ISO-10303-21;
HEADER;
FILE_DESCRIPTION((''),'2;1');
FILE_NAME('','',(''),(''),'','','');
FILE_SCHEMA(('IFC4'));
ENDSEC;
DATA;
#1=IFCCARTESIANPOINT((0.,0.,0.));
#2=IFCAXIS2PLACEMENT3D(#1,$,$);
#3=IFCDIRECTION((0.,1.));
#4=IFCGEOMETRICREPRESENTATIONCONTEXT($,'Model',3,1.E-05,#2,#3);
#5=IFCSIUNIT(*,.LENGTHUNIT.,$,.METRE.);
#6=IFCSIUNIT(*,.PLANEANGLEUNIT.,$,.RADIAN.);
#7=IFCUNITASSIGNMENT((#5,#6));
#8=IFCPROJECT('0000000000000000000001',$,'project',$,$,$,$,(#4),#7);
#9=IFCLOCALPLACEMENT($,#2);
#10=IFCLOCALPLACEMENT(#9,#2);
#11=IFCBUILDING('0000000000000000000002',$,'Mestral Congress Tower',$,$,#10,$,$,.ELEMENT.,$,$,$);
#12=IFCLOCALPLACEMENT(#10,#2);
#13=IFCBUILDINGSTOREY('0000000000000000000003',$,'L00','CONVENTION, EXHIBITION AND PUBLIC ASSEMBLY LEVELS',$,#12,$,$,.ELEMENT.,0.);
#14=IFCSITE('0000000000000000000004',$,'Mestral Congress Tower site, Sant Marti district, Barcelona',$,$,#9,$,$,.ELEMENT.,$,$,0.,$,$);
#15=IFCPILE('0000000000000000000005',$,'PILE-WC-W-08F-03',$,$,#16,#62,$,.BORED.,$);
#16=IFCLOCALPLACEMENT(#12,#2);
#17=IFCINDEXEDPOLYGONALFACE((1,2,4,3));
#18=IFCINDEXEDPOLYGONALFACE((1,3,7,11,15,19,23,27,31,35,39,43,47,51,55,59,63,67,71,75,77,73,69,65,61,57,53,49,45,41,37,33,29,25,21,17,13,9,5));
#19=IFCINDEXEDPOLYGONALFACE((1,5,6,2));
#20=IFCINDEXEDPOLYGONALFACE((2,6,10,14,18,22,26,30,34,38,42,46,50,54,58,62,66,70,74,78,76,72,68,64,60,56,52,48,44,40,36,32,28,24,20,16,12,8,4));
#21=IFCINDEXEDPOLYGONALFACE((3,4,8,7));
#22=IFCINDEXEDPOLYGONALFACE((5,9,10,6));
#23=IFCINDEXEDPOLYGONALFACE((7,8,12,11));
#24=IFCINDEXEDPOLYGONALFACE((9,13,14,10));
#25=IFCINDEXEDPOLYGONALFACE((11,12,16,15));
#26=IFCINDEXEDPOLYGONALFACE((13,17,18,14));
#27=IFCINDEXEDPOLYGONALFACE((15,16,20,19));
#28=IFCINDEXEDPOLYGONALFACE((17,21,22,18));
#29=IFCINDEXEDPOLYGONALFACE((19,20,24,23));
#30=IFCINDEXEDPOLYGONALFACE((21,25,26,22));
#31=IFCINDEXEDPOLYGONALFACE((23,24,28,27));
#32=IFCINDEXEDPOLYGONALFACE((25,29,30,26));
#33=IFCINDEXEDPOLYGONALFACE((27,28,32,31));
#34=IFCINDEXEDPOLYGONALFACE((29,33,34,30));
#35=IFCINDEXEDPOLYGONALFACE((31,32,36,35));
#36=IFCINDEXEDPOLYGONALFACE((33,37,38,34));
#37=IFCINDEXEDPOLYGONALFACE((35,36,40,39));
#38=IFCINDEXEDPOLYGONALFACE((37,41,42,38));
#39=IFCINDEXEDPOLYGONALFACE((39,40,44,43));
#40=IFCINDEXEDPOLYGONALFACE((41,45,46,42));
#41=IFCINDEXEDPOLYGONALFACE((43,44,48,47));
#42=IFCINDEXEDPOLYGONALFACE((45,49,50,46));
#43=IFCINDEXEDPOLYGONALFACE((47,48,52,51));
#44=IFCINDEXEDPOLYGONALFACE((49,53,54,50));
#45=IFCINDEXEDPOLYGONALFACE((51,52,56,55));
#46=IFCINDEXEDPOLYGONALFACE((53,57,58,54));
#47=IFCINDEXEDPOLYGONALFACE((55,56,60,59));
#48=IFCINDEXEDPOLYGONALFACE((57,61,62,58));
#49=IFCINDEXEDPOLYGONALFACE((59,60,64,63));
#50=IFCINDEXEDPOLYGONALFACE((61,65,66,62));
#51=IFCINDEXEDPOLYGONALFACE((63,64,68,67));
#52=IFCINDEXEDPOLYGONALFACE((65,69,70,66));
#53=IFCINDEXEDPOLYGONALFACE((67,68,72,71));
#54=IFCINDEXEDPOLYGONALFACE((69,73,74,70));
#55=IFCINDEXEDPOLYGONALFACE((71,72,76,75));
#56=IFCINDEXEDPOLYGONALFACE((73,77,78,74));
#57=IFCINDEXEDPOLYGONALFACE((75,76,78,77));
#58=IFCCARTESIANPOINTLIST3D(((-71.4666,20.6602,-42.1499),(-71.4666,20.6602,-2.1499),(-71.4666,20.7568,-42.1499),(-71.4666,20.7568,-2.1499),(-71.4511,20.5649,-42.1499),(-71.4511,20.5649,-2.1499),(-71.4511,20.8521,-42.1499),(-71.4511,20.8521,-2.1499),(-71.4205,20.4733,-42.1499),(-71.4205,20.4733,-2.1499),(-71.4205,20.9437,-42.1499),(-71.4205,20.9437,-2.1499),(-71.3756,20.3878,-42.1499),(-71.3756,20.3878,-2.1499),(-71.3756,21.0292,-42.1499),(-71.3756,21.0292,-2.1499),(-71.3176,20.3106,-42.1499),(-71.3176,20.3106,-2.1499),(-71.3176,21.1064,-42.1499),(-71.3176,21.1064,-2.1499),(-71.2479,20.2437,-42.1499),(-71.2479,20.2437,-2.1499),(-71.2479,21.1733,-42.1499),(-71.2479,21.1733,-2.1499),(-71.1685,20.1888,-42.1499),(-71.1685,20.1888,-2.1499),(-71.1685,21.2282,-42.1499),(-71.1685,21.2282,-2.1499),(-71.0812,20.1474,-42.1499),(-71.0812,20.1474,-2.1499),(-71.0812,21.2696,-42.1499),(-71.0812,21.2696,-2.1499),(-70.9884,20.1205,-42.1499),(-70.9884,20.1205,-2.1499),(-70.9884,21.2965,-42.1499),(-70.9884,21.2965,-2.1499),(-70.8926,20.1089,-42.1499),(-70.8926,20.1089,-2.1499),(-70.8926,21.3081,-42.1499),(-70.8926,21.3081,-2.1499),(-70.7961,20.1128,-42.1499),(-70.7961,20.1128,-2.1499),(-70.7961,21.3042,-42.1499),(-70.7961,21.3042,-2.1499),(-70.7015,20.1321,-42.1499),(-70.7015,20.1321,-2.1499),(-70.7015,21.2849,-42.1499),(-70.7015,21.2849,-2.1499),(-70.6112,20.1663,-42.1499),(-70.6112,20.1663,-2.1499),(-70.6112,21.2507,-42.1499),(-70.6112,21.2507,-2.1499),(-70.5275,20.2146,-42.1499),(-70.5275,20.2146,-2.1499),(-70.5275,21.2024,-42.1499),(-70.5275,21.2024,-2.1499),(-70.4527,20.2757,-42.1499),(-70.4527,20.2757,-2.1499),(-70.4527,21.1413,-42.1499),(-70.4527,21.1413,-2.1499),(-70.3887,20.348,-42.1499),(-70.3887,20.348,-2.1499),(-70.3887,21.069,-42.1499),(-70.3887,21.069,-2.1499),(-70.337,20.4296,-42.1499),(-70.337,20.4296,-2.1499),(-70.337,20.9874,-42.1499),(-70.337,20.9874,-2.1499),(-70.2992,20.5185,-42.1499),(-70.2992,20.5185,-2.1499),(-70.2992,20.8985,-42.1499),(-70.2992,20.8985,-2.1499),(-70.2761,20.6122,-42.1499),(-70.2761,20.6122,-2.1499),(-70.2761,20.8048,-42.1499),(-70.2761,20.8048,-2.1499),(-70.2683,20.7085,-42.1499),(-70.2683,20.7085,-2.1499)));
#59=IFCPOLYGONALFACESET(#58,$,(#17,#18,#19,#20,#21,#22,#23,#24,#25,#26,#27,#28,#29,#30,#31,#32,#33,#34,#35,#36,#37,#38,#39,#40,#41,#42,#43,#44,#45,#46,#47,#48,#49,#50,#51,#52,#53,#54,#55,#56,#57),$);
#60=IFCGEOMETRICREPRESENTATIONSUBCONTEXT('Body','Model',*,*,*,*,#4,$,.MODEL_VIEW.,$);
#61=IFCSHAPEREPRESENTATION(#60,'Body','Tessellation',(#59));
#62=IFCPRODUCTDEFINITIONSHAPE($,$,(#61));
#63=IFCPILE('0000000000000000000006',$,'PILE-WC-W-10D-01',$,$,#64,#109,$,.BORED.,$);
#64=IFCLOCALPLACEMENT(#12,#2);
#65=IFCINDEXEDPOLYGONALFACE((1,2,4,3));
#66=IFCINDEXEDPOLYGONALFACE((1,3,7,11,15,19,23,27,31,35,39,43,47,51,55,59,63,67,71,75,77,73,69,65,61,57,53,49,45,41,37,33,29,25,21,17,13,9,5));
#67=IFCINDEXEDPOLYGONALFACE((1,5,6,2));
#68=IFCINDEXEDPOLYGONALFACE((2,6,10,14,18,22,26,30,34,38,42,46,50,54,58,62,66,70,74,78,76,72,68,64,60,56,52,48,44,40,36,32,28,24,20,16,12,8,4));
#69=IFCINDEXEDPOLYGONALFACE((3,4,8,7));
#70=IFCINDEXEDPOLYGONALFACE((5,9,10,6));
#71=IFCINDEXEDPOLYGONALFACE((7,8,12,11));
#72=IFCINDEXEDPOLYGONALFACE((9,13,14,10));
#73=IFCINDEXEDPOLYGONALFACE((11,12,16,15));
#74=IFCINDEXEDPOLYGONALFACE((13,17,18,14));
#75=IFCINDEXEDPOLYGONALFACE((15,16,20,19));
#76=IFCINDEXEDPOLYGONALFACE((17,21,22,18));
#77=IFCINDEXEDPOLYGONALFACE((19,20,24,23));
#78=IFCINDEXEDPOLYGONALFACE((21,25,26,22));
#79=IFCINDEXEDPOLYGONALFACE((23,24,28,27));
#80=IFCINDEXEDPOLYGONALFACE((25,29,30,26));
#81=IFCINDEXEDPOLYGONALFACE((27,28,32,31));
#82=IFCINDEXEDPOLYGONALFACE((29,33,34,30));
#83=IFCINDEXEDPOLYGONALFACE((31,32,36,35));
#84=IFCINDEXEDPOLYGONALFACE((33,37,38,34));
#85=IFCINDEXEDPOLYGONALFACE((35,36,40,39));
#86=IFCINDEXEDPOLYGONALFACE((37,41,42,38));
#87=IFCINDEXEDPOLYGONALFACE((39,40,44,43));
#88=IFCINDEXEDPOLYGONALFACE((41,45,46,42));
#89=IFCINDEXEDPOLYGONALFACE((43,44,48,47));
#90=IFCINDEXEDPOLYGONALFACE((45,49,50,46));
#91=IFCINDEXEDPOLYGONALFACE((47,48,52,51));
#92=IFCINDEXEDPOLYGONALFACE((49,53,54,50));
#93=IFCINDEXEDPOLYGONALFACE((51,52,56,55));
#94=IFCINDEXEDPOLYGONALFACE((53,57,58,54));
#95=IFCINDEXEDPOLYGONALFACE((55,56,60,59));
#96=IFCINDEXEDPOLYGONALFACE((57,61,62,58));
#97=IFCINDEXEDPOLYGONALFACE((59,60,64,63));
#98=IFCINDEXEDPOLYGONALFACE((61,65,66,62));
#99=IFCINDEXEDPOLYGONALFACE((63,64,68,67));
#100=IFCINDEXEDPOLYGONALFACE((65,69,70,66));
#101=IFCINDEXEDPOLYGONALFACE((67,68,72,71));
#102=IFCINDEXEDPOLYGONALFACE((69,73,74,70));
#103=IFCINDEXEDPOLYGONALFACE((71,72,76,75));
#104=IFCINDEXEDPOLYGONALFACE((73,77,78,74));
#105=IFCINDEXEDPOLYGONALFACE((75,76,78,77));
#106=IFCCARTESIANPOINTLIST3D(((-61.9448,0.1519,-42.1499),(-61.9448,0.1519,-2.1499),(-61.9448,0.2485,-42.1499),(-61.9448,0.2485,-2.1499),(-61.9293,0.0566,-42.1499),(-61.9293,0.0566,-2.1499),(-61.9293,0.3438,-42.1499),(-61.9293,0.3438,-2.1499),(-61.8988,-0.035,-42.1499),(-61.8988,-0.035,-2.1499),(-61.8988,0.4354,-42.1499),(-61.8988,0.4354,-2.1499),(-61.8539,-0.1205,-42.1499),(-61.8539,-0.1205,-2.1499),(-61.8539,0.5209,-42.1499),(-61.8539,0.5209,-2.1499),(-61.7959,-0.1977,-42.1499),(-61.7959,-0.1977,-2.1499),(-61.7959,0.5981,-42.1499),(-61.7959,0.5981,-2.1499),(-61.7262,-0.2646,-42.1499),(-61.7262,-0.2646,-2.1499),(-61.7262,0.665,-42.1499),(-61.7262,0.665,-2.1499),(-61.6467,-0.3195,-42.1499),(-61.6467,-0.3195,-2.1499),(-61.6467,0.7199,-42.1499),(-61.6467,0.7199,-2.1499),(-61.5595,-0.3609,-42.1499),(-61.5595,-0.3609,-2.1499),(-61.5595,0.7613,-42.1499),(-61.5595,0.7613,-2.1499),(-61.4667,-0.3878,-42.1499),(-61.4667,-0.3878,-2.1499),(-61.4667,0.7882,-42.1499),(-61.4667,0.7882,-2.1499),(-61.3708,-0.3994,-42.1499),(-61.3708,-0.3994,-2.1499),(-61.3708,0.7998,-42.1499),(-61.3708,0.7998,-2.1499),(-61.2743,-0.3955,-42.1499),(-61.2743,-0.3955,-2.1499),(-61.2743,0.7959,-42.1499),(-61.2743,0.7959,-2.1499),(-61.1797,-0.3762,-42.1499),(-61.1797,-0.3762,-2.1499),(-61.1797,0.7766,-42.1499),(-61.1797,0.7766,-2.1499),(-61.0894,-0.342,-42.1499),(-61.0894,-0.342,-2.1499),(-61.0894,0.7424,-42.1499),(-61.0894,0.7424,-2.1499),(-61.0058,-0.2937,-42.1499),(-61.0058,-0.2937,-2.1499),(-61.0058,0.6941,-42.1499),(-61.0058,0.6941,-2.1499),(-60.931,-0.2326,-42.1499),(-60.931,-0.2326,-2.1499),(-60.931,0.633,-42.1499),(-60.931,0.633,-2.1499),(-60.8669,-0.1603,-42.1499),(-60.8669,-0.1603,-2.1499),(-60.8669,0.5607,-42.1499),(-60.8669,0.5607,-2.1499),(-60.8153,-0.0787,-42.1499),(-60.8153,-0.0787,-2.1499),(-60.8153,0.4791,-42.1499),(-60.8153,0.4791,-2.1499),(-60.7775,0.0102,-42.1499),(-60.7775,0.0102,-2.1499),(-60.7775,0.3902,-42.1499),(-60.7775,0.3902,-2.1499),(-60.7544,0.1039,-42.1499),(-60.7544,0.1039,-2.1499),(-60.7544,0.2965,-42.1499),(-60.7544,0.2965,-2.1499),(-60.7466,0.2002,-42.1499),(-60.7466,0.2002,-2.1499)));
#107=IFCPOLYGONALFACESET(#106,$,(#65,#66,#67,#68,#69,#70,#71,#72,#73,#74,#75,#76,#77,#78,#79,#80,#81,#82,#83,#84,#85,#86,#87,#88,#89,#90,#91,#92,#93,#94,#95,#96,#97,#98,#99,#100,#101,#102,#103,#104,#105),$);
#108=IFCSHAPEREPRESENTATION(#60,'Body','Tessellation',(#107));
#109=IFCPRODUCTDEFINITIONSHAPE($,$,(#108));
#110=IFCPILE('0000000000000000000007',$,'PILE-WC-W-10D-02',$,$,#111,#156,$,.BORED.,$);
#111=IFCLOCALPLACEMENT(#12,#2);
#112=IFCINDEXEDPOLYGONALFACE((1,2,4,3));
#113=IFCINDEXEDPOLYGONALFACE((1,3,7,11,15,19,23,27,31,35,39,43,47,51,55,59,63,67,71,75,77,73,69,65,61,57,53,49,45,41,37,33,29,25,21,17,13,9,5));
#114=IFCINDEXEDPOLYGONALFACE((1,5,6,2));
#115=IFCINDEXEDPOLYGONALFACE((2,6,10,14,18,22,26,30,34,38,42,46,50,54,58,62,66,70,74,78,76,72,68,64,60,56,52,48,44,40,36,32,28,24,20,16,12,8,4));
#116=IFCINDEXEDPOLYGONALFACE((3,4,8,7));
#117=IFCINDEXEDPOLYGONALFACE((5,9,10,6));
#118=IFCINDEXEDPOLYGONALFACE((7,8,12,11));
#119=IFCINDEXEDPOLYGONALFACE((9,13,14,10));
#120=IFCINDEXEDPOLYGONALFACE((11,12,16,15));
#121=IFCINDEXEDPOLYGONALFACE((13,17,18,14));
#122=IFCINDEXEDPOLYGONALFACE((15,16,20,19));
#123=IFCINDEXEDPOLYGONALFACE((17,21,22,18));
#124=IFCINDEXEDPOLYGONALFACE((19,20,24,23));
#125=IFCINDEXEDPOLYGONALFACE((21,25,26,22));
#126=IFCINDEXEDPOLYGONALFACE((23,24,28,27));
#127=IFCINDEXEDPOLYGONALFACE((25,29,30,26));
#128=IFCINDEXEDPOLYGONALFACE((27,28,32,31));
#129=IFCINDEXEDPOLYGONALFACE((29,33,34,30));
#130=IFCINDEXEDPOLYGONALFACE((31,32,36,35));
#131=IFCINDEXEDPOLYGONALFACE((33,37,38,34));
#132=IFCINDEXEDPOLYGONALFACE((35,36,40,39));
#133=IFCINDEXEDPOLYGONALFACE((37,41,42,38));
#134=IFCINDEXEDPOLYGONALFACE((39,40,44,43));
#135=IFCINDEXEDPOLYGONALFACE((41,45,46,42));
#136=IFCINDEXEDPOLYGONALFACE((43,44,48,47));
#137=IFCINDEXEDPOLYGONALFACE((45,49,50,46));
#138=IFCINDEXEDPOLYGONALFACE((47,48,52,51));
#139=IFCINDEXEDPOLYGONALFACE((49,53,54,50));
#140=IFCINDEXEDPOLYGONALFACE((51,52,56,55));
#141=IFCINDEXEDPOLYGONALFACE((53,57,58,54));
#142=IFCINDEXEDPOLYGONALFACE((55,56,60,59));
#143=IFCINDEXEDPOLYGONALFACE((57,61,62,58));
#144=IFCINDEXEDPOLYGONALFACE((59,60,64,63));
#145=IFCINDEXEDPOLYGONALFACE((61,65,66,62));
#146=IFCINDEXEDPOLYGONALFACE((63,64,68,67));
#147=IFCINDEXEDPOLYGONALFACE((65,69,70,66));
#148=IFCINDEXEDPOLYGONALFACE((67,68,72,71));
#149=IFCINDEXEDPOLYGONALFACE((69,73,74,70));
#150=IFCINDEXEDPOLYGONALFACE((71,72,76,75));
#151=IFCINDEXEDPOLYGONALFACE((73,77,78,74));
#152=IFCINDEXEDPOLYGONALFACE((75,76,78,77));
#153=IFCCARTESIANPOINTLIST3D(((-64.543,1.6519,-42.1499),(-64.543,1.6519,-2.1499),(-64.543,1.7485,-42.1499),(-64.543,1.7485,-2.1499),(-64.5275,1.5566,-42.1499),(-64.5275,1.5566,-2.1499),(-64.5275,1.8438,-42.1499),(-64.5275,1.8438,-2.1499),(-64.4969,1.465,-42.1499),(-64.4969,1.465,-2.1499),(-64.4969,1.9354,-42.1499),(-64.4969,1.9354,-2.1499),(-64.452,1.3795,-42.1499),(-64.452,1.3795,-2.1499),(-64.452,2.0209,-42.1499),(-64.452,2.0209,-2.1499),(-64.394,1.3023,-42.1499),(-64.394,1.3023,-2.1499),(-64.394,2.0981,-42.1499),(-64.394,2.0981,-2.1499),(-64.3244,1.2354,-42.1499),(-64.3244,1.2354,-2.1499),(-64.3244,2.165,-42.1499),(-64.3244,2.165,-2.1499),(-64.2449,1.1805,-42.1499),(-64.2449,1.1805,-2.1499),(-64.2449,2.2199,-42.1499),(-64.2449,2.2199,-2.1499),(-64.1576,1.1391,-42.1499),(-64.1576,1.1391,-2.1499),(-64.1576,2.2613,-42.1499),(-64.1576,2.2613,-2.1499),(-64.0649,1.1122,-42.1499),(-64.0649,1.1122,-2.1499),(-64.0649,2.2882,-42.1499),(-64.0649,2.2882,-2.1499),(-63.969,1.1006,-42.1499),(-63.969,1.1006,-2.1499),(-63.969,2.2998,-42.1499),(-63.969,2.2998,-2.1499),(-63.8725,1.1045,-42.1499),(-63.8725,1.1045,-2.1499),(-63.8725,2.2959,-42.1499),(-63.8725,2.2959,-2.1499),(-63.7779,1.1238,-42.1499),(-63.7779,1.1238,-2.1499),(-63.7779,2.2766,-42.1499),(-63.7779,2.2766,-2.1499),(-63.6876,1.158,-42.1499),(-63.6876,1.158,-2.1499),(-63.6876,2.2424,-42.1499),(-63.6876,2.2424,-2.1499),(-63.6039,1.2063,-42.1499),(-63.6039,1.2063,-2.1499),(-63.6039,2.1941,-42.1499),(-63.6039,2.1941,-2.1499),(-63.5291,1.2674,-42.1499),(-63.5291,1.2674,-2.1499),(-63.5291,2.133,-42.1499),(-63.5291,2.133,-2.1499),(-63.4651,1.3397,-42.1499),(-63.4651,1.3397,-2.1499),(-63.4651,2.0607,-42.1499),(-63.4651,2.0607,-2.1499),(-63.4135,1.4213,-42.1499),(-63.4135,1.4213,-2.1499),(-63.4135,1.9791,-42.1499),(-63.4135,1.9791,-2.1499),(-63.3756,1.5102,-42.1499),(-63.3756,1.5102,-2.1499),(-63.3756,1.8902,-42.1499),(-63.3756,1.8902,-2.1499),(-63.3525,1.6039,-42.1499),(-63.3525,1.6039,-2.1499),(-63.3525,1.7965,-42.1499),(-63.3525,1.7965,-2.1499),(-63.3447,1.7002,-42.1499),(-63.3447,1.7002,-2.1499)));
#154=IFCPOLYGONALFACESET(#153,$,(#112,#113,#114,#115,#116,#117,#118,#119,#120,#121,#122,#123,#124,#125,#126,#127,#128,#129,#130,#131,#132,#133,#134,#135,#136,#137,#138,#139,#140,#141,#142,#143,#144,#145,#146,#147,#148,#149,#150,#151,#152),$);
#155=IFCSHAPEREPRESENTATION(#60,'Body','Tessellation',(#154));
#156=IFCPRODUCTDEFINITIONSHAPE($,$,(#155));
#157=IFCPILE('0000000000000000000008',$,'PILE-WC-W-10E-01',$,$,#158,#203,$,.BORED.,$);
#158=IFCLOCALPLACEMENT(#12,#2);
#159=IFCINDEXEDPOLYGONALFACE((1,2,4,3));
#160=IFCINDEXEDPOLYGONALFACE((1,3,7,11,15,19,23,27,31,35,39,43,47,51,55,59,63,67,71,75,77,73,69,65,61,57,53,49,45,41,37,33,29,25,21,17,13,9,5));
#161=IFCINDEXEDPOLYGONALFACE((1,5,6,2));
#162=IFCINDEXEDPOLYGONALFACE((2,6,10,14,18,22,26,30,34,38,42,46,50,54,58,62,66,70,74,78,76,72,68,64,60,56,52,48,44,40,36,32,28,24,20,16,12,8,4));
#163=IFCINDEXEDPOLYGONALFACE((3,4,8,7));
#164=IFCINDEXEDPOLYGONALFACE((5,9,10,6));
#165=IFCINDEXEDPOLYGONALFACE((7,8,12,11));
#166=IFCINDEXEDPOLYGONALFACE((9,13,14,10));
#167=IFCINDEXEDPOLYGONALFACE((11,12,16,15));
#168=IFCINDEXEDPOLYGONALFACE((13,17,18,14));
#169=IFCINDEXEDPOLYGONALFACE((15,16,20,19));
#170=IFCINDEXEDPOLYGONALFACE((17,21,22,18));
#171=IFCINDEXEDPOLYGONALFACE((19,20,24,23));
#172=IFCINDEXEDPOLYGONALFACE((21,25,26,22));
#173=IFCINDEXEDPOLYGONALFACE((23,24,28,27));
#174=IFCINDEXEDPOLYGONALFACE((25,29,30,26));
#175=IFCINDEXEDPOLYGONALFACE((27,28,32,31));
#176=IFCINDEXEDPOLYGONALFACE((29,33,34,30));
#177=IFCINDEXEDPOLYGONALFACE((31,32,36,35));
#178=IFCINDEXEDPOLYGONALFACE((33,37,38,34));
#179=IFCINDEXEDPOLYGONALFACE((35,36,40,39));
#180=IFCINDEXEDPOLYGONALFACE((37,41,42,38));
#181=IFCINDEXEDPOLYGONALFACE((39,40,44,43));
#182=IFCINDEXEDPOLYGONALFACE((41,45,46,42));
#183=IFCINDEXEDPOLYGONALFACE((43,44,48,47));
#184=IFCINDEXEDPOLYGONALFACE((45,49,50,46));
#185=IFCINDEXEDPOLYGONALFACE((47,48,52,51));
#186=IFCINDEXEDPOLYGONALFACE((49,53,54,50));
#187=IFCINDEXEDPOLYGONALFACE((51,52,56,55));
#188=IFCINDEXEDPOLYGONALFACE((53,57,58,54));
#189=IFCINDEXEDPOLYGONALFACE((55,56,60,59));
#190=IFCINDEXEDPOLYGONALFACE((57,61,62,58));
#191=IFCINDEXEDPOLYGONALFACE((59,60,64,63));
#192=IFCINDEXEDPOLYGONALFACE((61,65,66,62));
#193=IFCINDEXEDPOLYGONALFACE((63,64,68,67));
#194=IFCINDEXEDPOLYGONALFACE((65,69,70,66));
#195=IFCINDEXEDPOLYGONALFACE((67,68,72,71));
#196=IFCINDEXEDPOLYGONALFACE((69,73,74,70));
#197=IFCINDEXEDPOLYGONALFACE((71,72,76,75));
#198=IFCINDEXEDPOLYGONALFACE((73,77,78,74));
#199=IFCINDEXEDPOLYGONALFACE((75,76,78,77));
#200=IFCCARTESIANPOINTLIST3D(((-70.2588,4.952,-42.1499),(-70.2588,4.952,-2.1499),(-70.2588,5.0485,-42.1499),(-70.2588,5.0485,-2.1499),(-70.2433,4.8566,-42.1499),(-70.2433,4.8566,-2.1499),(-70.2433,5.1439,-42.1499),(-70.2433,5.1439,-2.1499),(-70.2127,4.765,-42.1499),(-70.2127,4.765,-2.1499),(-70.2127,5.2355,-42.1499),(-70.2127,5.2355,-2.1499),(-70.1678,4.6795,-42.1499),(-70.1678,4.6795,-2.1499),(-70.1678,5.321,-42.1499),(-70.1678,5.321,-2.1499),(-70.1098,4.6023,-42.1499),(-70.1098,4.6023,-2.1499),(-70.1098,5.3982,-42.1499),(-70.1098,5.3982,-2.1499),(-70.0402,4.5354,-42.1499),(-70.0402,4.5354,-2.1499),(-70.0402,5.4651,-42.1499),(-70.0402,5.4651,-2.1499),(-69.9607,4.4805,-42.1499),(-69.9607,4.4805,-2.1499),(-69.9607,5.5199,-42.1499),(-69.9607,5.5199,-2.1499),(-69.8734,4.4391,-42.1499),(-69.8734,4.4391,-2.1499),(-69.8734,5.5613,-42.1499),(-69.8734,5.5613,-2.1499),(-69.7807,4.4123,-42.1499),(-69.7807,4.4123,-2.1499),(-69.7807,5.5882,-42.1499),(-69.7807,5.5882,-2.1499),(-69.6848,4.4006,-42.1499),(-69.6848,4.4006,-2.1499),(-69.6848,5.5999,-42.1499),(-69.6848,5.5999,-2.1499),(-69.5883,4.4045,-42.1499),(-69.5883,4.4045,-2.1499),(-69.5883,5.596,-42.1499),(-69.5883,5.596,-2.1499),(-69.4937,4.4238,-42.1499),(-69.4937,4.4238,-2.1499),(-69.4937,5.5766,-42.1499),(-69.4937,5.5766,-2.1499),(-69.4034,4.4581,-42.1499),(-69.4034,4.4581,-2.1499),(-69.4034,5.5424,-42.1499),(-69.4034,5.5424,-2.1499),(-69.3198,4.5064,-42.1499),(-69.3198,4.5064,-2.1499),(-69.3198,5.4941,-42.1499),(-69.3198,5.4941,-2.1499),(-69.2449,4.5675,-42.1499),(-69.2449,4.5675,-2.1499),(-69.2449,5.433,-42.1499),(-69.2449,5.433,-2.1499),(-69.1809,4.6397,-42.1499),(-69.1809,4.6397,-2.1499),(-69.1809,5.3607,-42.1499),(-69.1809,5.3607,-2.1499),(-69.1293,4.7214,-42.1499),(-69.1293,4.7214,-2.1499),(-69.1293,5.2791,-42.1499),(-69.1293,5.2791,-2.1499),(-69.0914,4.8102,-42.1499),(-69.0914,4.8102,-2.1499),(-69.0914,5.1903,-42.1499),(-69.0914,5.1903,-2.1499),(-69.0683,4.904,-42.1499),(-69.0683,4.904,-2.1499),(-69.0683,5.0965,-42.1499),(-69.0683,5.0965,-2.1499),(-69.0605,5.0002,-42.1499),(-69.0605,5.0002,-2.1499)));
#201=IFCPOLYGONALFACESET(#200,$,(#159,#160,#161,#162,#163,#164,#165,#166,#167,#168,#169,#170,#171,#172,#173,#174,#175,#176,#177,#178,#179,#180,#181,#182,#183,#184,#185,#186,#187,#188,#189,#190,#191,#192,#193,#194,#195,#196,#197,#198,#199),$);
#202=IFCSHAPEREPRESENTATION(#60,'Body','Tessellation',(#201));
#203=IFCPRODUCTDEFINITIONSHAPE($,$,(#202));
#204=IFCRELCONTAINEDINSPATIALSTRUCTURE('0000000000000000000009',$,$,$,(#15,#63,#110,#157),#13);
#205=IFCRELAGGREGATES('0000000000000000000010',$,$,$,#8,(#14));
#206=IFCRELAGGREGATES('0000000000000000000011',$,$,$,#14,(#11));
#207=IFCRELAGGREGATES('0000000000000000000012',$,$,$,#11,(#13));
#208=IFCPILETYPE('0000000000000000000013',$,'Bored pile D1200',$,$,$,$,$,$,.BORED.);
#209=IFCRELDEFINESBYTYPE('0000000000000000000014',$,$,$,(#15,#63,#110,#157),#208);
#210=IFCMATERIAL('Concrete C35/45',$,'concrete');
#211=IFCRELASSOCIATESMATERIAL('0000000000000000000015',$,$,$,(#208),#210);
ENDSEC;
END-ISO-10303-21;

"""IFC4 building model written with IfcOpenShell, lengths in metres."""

from ifc_helpers import new_model, si_unit, direction, frame, origin, origin_2d, place, context, subcontext, project, spatial, circle, extrude, material, material_profile, profile_set, type_object, element, save


model = new_model("IFC4")

# Units and contexts
model_context = context("Model", 3, precision=1e-05, world=origin(), true_north=direction((0.0, 1.0)))
body_context = subcontext(model_context, "Body", "Model", "MODEL_VIEW")
ifc_project = project(units=[si_unit("LENGTHUNIT", "METRE"), si_unit("PLANEANGLEUNIT", "RADIAN")], contexts=[model_context])

# Site, building, storey
site_placement = place(None, origin())
site = spatial("IfcSite", under=ifc_project, at=site_placement, Name="Mestral Congress Tower site, Sant Marti district, Barcelona", CompositionType="ELEMENT", RefElevation=0.0)
building_placement = place(site_placement, origin())
building = spatial("IfcBuilding", under=site, at=building_placement, Name="Mestral Congress Tower", CompositionType="ELEMENT")
storey_placement = place(building_placement, origin())
storey = spatial("IfcBuildingStorey", under=building, at=storey_placement, Name="L00", Description="CONVENTION, EXHIBITION AND PUBLIC ASSEMBLY LEVELS", CompositionType="ELEMENT", Elevation=0.0)

# Piles
ifc_material_1 = material(Name="Concrete C35/45", Category="concrete")
ifc_material_profile_1 = material_profile(ifc_material_1, circle(Radius=0.6001, at=origin_2d()), Name="D1200")
ifc_profile_set_1 = profile_set([ifc_material_profile_1], Name="Concrete C35/45")
pile_type_1 = type_object("IfcPileType", Name="Bored pile D1200", PredefinedType="BORED", material=ifc_profile_set_1)
for number, where, z_axis, x_axis, name in (
    (1, (-70.8684, 20.7085, -2.1499), (0.0, 0.0, -1.0), (1.0, 0.0, 0.0), "PILE-WC-W-08F-03"),
    (2, (-61.3467, 0.2002, -2.1499), (0.0, 0.0, -1.0), (1.0, 0.0, 0.0), "PILE-WC-W-10D-01"),
    (3, (-63.9448, 1.7002, -2.1499), (0.0, 0.0, -1.0), (1.0, 0.0, 0.0), "PILE-WC-W-10D-02"),
    (4, (-69.6606, 5.0002, -2.1499), (0.0, 0.0, -1.0), (1.0, 0.0, 0.0), "PILE-WC-W-10E-01"),
):
    element("IfcPile", number, at=place(storey_placement, frame(where, z_axis=z_axis, x_axis=x_axis)), inside=storey, type_object=pile_type_1, Name=name, PredefinedType="BORED", context=body_context, shape_type="SweptSolid", body=[
        extrude(circle(Radius=0.6001, at=origin_2d()), origin(), (0.0, 0.0, 1.0), 40.0),
    ])

save(model, "model.ifc")
